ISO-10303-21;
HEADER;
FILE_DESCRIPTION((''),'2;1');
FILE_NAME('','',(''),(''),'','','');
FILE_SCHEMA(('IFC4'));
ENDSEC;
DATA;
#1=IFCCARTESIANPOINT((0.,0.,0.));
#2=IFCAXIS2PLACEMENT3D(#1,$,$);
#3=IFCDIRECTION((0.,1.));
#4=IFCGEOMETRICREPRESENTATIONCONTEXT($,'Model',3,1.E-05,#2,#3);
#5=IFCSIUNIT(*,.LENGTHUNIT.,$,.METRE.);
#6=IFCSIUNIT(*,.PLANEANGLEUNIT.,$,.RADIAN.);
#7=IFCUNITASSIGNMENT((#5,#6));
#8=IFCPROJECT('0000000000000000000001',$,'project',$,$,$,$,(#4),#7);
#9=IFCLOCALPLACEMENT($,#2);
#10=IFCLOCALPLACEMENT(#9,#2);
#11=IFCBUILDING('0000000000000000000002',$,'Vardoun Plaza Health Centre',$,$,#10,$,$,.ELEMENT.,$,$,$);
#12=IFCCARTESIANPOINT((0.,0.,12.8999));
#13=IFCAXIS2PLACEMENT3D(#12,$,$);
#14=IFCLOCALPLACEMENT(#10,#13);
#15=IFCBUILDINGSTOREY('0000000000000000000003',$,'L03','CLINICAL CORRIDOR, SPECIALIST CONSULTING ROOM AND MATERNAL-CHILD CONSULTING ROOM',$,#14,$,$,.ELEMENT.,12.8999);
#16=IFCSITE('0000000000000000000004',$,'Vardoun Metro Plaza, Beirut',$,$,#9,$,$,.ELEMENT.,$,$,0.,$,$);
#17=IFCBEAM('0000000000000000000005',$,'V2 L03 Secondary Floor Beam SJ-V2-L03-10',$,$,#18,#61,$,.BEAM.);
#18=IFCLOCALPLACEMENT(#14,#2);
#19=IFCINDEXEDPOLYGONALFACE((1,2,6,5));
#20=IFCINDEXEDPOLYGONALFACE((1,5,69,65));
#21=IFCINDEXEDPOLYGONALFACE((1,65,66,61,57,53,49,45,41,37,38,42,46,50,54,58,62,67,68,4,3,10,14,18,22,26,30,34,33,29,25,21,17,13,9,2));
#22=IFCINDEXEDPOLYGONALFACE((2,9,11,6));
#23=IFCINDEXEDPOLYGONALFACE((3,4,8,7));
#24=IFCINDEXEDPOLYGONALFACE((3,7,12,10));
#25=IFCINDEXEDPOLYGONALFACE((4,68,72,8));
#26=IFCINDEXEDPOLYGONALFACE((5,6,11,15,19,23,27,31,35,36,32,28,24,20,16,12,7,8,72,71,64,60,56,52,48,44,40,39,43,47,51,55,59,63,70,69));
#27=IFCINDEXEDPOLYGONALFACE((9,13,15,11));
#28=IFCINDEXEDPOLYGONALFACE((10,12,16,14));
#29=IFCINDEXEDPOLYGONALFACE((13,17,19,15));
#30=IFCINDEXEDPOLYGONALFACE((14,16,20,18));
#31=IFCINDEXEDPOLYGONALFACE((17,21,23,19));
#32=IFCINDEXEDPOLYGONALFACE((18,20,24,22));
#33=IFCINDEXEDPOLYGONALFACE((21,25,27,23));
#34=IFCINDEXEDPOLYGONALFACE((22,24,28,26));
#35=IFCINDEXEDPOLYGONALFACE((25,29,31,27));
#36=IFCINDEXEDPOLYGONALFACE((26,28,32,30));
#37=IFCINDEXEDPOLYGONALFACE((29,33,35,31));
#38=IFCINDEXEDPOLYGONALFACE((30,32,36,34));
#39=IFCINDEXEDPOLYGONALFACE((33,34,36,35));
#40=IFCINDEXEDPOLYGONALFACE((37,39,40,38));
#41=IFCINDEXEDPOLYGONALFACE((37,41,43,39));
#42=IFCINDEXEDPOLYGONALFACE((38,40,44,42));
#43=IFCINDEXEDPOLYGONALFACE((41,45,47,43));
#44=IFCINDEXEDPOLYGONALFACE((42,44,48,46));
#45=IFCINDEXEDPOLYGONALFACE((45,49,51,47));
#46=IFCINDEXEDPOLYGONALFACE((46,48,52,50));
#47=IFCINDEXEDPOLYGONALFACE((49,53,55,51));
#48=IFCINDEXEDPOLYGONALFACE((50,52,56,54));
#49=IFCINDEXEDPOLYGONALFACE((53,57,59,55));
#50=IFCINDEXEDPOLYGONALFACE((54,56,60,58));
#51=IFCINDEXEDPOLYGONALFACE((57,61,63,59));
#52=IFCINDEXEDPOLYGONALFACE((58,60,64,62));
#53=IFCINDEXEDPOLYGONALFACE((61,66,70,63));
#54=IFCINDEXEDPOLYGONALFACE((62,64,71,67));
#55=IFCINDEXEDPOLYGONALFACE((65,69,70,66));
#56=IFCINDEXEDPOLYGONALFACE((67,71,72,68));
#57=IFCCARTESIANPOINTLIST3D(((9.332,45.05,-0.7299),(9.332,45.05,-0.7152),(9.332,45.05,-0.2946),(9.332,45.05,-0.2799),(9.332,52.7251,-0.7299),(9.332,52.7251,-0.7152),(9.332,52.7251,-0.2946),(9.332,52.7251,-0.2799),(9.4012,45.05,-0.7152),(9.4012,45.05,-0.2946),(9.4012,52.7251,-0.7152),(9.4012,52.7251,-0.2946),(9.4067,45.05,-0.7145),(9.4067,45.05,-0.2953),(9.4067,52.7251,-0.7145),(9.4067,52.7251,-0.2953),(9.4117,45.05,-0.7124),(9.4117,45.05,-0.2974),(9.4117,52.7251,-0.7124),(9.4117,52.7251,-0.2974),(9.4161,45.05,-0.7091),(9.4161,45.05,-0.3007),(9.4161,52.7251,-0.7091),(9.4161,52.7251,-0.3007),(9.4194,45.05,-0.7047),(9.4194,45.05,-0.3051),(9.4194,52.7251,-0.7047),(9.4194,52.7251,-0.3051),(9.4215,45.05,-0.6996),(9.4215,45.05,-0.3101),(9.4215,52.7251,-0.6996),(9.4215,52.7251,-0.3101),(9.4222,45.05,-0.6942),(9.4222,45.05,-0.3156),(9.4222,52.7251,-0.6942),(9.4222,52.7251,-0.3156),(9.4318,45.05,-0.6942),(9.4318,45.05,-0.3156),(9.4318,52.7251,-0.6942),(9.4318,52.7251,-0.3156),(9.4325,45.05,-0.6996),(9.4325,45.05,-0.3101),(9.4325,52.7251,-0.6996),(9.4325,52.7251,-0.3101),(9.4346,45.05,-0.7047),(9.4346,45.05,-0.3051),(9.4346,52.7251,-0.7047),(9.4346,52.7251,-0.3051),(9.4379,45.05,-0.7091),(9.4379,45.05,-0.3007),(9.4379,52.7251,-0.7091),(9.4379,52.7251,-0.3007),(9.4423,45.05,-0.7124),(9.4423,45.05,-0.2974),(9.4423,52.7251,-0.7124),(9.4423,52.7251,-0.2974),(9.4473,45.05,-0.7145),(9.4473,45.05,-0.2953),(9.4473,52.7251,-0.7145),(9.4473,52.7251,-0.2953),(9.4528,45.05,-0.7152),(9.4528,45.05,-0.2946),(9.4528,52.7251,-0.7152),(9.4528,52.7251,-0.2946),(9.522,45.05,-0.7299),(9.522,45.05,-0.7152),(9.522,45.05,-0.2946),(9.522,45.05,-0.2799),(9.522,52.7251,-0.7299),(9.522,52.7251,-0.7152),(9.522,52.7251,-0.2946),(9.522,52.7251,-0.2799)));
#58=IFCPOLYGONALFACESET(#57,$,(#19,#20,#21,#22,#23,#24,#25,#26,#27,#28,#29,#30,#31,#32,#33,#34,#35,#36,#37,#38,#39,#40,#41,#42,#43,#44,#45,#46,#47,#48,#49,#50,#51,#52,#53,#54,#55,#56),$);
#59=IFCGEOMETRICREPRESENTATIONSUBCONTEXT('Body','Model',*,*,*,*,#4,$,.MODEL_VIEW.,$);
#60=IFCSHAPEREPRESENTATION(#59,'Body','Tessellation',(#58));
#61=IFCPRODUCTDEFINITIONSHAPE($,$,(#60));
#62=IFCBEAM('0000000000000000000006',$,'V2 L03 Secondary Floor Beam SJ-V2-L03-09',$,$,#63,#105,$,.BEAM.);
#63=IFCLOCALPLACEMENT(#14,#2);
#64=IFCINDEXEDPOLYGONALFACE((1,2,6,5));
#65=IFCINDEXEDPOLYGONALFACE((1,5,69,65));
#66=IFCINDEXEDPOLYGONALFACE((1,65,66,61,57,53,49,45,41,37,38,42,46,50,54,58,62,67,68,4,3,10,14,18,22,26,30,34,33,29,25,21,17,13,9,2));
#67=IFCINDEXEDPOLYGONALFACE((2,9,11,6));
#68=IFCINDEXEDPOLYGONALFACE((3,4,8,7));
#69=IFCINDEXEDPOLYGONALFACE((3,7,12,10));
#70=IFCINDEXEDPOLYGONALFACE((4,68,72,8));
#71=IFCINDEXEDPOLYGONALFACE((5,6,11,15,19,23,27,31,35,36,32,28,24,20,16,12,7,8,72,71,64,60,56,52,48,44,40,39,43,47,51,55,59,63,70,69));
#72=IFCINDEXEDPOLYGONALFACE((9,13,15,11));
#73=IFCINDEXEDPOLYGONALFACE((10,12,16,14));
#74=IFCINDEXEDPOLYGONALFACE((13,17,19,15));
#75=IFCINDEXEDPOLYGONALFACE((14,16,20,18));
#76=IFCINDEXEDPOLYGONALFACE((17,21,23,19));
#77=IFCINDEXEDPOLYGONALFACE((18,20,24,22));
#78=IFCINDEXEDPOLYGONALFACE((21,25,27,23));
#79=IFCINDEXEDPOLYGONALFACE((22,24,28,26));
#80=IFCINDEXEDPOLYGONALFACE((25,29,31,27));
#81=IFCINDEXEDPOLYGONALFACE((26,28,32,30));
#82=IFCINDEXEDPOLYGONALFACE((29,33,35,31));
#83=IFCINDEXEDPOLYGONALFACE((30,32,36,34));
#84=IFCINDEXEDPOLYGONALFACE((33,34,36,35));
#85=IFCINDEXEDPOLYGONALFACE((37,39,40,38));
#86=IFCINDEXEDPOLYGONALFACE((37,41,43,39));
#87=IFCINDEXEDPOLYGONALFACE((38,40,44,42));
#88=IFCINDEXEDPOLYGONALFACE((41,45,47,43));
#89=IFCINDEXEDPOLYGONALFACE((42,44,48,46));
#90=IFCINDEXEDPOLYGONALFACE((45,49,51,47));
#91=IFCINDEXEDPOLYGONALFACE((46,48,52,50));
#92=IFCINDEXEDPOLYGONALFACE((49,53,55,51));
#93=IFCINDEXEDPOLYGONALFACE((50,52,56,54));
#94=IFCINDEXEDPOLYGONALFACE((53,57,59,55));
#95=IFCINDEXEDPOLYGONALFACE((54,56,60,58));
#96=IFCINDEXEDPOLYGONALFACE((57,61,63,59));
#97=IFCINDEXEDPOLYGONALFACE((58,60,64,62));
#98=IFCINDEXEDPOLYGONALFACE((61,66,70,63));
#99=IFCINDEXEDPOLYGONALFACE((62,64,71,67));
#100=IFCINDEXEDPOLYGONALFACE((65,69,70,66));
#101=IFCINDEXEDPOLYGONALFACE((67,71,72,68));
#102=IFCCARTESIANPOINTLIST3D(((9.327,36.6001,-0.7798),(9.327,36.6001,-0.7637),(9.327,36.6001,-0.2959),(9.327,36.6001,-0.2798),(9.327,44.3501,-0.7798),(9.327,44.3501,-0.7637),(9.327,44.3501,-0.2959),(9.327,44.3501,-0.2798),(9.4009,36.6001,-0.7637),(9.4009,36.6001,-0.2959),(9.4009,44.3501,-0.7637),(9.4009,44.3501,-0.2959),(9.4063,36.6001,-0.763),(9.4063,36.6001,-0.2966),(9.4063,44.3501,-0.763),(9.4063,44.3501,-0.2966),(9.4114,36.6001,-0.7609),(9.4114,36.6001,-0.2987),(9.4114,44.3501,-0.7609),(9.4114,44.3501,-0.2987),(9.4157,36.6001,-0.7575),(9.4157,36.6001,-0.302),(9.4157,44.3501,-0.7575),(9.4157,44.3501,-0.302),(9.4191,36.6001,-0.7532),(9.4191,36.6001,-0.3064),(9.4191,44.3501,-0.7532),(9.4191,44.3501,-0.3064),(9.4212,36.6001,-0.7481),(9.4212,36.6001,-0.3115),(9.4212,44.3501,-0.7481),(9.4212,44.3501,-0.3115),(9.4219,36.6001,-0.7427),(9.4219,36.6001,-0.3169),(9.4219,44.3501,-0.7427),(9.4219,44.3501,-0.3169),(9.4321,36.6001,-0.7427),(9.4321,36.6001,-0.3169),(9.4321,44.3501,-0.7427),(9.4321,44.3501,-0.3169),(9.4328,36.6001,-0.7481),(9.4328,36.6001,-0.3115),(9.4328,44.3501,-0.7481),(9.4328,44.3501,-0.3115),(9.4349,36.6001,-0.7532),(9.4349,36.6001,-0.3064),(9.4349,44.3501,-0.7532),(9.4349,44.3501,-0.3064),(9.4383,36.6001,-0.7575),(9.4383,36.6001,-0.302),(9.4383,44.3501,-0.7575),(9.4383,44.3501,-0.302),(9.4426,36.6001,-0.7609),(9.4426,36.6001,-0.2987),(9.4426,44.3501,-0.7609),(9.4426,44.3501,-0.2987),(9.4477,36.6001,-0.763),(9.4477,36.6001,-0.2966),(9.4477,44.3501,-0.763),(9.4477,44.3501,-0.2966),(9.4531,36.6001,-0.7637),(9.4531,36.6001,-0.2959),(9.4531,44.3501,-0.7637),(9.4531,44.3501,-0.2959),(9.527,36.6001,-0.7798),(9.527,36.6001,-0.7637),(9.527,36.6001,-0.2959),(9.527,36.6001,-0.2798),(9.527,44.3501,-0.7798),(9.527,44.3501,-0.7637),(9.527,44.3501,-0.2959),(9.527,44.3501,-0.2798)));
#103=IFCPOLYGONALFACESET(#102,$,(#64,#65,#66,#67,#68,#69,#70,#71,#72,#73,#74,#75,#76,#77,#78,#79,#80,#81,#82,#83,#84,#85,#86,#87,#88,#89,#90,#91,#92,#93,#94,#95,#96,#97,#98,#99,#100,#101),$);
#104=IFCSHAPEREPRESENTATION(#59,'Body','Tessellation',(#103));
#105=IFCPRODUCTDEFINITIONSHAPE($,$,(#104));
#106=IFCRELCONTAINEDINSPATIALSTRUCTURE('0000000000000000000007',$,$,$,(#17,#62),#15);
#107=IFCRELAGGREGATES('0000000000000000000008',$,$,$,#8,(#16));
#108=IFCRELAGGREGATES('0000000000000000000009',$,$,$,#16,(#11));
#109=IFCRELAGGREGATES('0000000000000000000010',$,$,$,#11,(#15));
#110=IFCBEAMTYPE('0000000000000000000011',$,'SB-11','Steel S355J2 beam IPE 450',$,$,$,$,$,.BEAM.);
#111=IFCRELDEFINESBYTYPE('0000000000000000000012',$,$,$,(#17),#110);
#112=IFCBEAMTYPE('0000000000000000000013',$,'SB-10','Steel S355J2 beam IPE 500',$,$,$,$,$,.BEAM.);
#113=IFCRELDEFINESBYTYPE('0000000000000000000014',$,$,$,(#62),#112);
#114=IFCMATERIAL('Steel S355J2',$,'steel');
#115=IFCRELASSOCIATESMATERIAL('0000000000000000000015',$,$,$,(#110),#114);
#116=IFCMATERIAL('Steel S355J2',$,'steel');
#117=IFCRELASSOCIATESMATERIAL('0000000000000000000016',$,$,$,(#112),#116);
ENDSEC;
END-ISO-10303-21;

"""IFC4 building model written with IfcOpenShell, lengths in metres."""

from ifc_helpers import new_model, si_unit, direction, frame, origin, origin_2d, place, context, subcontext, project, spatial, i_section, extrude, material, material_profile, profile_set, type_object, element, save


model = new_model("IFC4")

# Units and contexts
model_context = context("Model", 3, precision=1e-05, world=origin(), true_north=direction((0.0, 1.0)))
body_context = subcontext(model_context, "Body", "Model", "MODEL_VIEW")
ifc_project = project(units=[si_unit("LENGTHUNIT", "METRE"), si_unit("PLANEANGLEUNIT", "RADIAN")], contexts=[model_context])

# Site, building, storey
site_placement = place(None, origin())
site = spatial("IfcSite", under=ifc_project, at=site_placement, Name="Vardoun Metro Plaza, Beirut", CompositionType="ELEMENT", RefElevation=0.0)
building_placement = place(site_placement, origin())
building = spatial("IfcBuilding", under=site, at=building_placement, Name="Vardoun Plaza Health Centre", CompositionType="ELEMENT")
storey_placement = place(building_placement, frame((0.0, 0.0, 12.8999)))
storey = spatial("IfcBuildingStorey", under=building, at=storey_placement, Name="L03", Description="CLINICAL CORRIDOR, SPECIALIST CONSULTING ROOM AND MATERNAL-CHILD CONSULTING ROOM", CompositionType="ELEMENT", Elevation=12.8999)

# Beams
ifc_material_1 = material(Name="Steel S355J2", Category="steel")
ifc_material_profile_1 = material_profile(ifc_material_1, i_section(OverallWidth=0.1899, OverallDepth=0.45, WebThickness=0.0095, FlangeThickness=0.0146, FilletRadius=0.021, at=origin_2d()), Name="IPE 450")
ifc_profile_set_1 = profile_set([ifc_material_profile_1], Name="Steel S355J2")
beam_type_1 = type_object("IfcBeamType", Name="SB-11", Description="Steel S355J2 beam IPE 450", PredefinedType="BEAM", material=ifc_profile_set_1)
beam_1_placement = place(storey_placement, frame((9.427, 45.05, -0.5049), z_axis=(0.0, 1.0, 0.0), x_axis=(-1.0, 0.0, 0.0)))
element("IfcBeam", 1, at=beam_1_placement, inside=storey, type_object=beam_type_1, Name="V2 L03 Secondary Floor Beam SJ-V2-L03-10", PredefinedType="BEAM", context=body_context, shape_type="SweptSolid", body=[
    extrude(i_section(OverallWidth=0.1899, OverallDepth=0.45, WebThickness=0.0095, FlangeThickness=0.0146, FilletRadius=0.021, at=origin_2d()), origin(), (0.0, 0.0, 1.0), 7.675),
])
ifc_material_2 = material(Name="Steel S355J2", Category="steel")
ifc_material_profile_2 = material_profile(ifc_material_2, i_section(OverallWidth=0.2, OverallDepth=0.5, WebThickness=0.0103, FlangeThickness=0.0161, FilletRadius=0.021, at=origin_2d()), Name="IPE 500")
ifc_profile_set_2 = profile_set([ifc_material_profile_2], Name="Steel S355J2")
beam_type_2 = type_object("IfcBeamType", Name="SB-10", Description="Steel S355J2 beam IPE 500", PredefinedType="BEAM", material=ifc_profile_set_2)
beam_2_placement = place(storey_placement, frame((9.427, 36.6001, -0.5298), z_axis=(0.0, 1.0, 0.0), x_axis=(-1.0, 0.0, 0.0)))
element("IfcBeam", 2, at=beam_2_placement, inside=storey, type_object=beam_type_2, Name="V2 L03 Secondary Floor Beam SJ-V2-L03-09", PredefinedType="BEAM", context=body_context, shape_type="SweptSolid", body=[
    extrude(i_section(OverallWidth=0.2, OverallDepth=0.5, WebThickness=0.0103, FlangeThickness=0.0161, FilletRadius=0.021, at=origin_2d()), origin(), (0.0, 0.0, 1.0), 7.75),
])

save(model, "model.ifc")
